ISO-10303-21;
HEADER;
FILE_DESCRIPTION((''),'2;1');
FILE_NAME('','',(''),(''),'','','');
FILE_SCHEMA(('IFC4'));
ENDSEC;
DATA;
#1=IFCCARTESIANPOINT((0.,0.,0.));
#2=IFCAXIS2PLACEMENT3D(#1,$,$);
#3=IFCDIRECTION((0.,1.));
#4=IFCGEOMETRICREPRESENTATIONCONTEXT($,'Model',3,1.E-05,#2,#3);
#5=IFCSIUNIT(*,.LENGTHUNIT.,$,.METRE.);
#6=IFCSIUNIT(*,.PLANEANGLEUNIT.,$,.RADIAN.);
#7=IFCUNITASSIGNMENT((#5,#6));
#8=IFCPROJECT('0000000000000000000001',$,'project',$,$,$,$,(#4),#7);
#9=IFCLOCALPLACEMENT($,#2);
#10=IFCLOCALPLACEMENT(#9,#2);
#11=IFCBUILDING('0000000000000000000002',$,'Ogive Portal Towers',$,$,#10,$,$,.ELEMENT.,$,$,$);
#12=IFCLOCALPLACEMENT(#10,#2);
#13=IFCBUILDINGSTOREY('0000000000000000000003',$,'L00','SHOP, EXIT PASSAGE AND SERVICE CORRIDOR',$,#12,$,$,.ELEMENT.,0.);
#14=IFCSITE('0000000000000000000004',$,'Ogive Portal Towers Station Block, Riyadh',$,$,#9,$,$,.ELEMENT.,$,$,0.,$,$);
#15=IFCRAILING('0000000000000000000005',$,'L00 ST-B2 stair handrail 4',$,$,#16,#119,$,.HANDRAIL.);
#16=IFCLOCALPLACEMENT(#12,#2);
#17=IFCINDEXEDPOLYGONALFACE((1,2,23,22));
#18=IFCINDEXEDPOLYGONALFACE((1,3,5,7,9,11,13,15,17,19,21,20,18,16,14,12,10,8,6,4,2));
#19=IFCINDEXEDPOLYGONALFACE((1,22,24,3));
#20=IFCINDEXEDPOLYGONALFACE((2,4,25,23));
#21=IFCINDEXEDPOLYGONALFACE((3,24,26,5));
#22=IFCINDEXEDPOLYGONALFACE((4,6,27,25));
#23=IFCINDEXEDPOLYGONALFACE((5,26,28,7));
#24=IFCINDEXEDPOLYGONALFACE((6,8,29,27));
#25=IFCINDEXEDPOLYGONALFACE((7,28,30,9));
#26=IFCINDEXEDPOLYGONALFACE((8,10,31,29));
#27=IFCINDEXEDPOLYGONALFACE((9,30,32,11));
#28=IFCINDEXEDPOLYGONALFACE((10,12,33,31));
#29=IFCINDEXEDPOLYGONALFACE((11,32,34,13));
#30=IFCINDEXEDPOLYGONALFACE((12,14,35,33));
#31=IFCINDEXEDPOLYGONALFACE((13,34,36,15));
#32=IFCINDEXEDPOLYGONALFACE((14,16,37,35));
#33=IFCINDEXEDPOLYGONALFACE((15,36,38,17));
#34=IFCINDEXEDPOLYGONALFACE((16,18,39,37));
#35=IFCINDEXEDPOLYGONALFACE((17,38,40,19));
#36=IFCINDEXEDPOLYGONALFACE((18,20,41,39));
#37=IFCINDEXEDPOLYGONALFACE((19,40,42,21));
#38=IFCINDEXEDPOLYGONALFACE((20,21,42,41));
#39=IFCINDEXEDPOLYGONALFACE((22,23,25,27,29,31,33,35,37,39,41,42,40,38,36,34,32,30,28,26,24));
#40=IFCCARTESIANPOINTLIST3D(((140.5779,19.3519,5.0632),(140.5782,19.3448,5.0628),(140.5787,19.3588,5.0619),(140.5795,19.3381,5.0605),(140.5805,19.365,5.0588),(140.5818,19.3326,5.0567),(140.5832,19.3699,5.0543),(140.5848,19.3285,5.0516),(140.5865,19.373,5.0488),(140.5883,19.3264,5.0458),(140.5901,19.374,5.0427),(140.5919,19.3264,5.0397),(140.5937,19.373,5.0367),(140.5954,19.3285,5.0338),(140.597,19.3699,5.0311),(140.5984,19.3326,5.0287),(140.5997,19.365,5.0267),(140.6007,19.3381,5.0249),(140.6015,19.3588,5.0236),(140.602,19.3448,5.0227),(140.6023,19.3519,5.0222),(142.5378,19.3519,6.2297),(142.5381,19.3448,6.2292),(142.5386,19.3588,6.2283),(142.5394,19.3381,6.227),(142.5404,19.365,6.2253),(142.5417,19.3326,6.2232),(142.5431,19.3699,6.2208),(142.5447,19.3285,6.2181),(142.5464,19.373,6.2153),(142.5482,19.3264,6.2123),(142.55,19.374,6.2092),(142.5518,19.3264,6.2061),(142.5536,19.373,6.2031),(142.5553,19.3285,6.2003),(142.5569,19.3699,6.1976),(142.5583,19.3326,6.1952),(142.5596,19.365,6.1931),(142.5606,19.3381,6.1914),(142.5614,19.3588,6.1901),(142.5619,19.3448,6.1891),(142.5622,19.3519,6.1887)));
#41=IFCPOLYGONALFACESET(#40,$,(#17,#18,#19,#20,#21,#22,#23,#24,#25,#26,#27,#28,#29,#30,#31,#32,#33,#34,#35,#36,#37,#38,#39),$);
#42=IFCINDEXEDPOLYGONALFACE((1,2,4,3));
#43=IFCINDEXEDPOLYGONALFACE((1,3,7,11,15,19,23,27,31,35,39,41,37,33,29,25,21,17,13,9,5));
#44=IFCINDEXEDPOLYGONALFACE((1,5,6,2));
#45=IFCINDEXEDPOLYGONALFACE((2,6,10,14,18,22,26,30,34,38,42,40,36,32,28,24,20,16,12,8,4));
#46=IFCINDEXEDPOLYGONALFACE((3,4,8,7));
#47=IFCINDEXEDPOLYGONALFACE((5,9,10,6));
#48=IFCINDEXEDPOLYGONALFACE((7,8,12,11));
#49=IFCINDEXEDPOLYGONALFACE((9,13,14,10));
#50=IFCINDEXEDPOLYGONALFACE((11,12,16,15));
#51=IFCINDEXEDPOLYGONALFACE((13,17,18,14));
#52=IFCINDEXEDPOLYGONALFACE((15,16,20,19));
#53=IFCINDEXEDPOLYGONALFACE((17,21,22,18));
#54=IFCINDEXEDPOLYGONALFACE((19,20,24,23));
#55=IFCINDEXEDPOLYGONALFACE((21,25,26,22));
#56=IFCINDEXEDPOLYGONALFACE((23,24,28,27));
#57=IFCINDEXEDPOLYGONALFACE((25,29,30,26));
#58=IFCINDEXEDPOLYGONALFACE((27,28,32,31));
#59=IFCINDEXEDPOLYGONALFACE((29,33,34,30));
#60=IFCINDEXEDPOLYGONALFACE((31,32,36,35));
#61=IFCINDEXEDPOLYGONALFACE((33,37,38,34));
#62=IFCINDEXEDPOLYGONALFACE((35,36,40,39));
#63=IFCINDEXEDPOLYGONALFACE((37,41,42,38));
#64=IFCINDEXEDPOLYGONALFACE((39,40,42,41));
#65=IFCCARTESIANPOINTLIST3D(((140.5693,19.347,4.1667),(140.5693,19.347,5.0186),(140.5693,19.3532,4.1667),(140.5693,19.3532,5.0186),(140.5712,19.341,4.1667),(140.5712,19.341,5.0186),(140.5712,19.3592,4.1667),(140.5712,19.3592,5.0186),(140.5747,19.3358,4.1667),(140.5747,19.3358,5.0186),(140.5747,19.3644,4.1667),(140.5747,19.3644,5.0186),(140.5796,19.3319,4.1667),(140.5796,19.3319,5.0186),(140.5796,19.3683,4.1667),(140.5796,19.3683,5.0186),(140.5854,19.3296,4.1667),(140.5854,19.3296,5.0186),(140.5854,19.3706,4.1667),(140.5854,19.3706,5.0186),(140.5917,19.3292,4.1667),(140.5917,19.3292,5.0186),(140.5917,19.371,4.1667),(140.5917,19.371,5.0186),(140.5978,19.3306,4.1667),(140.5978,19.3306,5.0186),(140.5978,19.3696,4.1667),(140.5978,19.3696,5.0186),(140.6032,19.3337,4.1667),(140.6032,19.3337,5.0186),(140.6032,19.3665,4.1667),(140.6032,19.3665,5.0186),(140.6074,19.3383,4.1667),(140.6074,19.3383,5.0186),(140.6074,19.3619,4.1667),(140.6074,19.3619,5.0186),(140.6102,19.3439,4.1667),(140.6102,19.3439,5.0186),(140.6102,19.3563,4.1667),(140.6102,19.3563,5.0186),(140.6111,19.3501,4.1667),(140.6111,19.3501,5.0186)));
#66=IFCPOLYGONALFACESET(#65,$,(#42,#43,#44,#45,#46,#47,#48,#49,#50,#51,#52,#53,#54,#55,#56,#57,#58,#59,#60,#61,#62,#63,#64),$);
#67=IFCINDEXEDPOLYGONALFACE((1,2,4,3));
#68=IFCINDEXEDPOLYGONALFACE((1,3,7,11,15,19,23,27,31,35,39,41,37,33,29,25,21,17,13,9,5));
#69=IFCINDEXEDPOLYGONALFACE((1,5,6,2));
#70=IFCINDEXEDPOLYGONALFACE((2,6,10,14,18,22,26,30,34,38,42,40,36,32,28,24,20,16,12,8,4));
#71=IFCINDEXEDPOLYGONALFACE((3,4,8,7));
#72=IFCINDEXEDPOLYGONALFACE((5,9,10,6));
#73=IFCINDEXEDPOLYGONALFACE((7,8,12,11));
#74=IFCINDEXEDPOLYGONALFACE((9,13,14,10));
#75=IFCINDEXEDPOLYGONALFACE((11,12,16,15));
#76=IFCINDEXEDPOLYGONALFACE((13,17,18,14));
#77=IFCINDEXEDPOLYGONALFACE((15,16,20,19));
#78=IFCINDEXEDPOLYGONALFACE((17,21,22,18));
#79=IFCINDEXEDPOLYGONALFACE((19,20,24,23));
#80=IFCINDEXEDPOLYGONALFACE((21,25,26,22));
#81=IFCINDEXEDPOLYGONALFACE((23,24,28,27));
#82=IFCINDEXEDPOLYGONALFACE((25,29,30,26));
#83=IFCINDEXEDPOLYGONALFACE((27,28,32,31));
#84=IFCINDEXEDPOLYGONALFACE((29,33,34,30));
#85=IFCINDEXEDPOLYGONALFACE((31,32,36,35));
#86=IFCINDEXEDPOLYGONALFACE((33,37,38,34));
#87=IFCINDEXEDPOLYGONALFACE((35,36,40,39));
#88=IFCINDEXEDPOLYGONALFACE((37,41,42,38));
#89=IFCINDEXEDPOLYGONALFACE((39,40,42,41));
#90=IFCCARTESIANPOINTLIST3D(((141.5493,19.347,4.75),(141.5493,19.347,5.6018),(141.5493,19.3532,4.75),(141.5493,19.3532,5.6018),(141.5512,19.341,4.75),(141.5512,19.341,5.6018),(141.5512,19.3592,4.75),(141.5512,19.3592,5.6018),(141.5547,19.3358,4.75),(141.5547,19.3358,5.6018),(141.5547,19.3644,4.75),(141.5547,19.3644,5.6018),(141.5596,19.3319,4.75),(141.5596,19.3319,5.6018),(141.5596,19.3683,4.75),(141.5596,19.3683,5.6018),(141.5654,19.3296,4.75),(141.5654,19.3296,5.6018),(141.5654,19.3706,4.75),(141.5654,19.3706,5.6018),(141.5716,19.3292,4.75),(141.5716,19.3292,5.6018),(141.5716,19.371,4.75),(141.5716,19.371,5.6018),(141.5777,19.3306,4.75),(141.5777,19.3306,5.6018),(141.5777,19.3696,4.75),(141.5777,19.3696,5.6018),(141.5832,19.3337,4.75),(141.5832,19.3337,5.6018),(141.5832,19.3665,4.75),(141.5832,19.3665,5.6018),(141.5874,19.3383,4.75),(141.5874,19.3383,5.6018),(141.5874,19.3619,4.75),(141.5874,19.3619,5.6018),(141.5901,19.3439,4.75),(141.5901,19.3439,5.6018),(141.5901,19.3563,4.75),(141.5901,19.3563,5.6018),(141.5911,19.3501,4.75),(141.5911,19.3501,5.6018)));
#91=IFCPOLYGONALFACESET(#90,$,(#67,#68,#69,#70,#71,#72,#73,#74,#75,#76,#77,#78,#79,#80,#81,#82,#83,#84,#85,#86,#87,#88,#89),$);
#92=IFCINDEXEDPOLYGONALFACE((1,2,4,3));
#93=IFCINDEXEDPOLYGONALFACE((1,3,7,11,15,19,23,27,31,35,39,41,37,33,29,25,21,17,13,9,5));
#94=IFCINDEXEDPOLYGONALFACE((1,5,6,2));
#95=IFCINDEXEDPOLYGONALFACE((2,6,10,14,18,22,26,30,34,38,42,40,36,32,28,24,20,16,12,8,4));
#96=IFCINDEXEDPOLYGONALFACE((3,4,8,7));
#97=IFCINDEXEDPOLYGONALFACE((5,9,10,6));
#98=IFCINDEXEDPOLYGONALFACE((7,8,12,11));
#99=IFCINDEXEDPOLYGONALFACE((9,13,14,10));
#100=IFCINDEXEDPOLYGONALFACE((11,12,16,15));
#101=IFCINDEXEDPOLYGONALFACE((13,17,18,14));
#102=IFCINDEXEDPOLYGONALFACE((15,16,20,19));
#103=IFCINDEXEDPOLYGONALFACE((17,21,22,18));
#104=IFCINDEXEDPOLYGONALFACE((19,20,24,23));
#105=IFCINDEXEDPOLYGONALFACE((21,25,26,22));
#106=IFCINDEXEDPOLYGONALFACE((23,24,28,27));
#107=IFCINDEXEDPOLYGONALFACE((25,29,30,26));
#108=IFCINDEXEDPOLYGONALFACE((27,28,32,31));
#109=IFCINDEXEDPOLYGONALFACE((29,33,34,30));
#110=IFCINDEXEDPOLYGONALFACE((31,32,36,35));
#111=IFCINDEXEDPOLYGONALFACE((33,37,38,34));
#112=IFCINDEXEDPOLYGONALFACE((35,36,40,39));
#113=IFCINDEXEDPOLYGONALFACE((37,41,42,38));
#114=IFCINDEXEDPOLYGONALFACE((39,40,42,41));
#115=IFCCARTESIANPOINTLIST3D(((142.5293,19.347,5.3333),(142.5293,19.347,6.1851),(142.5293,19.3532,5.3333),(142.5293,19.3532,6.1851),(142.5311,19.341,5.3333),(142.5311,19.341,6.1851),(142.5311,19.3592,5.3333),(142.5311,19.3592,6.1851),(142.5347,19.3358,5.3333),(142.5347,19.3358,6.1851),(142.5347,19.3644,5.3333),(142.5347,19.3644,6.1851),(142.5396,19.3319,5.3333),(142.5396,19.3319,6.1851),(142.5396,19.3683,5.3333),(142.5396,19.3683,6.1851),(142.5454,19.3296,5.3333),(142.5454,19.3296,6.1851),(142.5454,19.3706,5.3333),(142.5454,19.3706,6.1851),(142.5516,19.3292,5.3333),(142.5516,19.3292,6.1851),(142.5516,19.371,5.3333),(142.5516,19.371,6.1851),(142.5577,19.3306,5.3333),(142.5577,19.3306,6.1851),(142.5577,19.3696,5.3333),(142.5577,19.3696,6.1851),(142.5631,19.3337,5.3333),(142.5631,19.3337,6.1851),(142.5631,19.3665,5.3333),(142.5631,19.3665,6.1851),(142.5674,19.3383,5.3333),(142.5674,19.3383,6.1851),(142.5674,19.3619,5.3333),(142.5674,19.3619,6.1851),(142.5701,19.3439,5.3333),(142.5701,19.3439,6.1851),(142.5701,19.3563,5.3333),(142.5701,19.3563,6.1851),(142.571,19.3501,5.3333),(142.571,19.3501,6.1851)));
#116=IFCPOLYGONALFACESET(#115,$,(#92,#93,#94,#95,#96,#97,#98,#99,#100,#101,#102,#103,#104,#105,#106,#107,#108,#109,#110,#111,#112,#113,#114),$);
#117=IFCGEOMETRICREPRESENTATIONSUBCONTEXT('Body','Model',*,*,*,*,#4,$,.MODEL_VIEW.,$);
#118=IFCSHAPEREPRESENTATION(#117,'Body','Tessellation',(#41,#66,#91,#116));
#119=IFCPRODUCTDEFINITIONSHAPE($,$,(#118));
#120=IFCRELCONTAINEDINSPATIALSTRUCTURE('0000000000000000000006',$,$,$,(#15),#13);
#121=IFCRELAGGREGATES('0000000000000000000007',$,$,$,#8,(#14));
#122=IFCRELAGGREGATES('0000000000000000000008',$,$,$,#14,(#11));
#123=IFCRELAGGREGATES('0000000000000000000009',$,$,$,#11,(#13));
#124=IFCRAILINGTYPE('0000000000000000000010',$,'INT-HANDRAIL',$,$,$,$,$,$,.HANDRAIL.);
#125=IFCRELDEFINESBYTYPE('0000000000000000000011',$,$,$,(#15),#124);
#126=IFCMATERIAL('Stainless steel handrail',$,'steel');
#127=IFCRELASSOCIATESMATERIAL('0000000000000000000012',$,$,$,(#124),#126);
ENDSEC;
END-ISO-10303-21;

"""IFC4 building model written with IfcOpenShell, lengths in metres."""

from ifc_helpers import new_model, si_unit, direction, frame, origin, origin_2d, place, context, subcontext, project, spatial, circle, extrude, material, type_object, element, save


model = new_model("IFC4")

# Units and contexts
model_context = context("Model", 3, precision=1e-05, world=origin(), true_north=direction((0.0, 1.0)))
body_context = subcontext(model_context, "Body", "Model", "MODEL_VIEW")
ifc_project = project(units=[si_unit("LENGTHUNIT", "METRE"), si_unit("PLANEANGLEUNIT", "RADIAN")], contexts=[model_context])

# Site, building, storey
site_placement = place(None, origin())
site = spatial("IfcSite", under=ifc_project, at=site_placement, Name="Ogive Portal Towers Station Block, Riyadh", CompositionType="ELEMENT", RefElevation=0.0)
building_placement = place(site_placement, origin())
building = spatial("IfcBuilding", under=site, at=building_placement, Name="Ogive Portal Towers", CompositionType="ELEMENT")
storey_placement = place(building_placement, origin())
storey = spatial("IfcBuildingStorey", under=building, at=storey_placement, Name="L00", Description="SHOP, EXIT PASSAGE AND SERVICE CORRIDOR", CompositionType="ELEMENT", Elevation=0.0)

# Railing
ifc_material_1 = material(Name="Stainless steel handrail", Category="steel")
railing_type_1 = type_object("IfcRailingType", Name="INT-HANDRAIL", PredefinedType="HANDRAIL", material=ifc_material_1)
railing_1_placement = place(storey_placement, frame((140.5901, 19.3501, 4.1667)))
element("IfcRailing", 1, at=railing_1_placement, inside=storey, type_object=railing_type_1, Name="L00 ST-B2 stair handrail 4", PredefinedType="HANDRAIL", context=body_context, shape_type="SweptSolid", body=[
    extrude(circle(Radius=0.0239, at=origin_2d()), frame((0.0, 0.0, 0.876), z_axis=(0.85932, 0.0, 0.511439), x_axis=(0.0, 1.0, 0.0)), (0.0, 0.0, 1.0), 2.2808),
    extrude(circle(Radius=0.021, at=origin_2d()), origin(), (0.0, 0.0, 1.0), 0.8518),
    extrude(circle(Radius=0.021, at=origin_2d()), frame((0.98, 0.0, 0.5833)), (0.0, 0.0, 1.0), 0.8518),
    extrude(circle(Radius=0.021, at=origin_2d()), frame((1.96, 0.0, 1.1665)), (0.0, 0.0, 1.0), 0.8518),
])

save(model, "model.ifc")
